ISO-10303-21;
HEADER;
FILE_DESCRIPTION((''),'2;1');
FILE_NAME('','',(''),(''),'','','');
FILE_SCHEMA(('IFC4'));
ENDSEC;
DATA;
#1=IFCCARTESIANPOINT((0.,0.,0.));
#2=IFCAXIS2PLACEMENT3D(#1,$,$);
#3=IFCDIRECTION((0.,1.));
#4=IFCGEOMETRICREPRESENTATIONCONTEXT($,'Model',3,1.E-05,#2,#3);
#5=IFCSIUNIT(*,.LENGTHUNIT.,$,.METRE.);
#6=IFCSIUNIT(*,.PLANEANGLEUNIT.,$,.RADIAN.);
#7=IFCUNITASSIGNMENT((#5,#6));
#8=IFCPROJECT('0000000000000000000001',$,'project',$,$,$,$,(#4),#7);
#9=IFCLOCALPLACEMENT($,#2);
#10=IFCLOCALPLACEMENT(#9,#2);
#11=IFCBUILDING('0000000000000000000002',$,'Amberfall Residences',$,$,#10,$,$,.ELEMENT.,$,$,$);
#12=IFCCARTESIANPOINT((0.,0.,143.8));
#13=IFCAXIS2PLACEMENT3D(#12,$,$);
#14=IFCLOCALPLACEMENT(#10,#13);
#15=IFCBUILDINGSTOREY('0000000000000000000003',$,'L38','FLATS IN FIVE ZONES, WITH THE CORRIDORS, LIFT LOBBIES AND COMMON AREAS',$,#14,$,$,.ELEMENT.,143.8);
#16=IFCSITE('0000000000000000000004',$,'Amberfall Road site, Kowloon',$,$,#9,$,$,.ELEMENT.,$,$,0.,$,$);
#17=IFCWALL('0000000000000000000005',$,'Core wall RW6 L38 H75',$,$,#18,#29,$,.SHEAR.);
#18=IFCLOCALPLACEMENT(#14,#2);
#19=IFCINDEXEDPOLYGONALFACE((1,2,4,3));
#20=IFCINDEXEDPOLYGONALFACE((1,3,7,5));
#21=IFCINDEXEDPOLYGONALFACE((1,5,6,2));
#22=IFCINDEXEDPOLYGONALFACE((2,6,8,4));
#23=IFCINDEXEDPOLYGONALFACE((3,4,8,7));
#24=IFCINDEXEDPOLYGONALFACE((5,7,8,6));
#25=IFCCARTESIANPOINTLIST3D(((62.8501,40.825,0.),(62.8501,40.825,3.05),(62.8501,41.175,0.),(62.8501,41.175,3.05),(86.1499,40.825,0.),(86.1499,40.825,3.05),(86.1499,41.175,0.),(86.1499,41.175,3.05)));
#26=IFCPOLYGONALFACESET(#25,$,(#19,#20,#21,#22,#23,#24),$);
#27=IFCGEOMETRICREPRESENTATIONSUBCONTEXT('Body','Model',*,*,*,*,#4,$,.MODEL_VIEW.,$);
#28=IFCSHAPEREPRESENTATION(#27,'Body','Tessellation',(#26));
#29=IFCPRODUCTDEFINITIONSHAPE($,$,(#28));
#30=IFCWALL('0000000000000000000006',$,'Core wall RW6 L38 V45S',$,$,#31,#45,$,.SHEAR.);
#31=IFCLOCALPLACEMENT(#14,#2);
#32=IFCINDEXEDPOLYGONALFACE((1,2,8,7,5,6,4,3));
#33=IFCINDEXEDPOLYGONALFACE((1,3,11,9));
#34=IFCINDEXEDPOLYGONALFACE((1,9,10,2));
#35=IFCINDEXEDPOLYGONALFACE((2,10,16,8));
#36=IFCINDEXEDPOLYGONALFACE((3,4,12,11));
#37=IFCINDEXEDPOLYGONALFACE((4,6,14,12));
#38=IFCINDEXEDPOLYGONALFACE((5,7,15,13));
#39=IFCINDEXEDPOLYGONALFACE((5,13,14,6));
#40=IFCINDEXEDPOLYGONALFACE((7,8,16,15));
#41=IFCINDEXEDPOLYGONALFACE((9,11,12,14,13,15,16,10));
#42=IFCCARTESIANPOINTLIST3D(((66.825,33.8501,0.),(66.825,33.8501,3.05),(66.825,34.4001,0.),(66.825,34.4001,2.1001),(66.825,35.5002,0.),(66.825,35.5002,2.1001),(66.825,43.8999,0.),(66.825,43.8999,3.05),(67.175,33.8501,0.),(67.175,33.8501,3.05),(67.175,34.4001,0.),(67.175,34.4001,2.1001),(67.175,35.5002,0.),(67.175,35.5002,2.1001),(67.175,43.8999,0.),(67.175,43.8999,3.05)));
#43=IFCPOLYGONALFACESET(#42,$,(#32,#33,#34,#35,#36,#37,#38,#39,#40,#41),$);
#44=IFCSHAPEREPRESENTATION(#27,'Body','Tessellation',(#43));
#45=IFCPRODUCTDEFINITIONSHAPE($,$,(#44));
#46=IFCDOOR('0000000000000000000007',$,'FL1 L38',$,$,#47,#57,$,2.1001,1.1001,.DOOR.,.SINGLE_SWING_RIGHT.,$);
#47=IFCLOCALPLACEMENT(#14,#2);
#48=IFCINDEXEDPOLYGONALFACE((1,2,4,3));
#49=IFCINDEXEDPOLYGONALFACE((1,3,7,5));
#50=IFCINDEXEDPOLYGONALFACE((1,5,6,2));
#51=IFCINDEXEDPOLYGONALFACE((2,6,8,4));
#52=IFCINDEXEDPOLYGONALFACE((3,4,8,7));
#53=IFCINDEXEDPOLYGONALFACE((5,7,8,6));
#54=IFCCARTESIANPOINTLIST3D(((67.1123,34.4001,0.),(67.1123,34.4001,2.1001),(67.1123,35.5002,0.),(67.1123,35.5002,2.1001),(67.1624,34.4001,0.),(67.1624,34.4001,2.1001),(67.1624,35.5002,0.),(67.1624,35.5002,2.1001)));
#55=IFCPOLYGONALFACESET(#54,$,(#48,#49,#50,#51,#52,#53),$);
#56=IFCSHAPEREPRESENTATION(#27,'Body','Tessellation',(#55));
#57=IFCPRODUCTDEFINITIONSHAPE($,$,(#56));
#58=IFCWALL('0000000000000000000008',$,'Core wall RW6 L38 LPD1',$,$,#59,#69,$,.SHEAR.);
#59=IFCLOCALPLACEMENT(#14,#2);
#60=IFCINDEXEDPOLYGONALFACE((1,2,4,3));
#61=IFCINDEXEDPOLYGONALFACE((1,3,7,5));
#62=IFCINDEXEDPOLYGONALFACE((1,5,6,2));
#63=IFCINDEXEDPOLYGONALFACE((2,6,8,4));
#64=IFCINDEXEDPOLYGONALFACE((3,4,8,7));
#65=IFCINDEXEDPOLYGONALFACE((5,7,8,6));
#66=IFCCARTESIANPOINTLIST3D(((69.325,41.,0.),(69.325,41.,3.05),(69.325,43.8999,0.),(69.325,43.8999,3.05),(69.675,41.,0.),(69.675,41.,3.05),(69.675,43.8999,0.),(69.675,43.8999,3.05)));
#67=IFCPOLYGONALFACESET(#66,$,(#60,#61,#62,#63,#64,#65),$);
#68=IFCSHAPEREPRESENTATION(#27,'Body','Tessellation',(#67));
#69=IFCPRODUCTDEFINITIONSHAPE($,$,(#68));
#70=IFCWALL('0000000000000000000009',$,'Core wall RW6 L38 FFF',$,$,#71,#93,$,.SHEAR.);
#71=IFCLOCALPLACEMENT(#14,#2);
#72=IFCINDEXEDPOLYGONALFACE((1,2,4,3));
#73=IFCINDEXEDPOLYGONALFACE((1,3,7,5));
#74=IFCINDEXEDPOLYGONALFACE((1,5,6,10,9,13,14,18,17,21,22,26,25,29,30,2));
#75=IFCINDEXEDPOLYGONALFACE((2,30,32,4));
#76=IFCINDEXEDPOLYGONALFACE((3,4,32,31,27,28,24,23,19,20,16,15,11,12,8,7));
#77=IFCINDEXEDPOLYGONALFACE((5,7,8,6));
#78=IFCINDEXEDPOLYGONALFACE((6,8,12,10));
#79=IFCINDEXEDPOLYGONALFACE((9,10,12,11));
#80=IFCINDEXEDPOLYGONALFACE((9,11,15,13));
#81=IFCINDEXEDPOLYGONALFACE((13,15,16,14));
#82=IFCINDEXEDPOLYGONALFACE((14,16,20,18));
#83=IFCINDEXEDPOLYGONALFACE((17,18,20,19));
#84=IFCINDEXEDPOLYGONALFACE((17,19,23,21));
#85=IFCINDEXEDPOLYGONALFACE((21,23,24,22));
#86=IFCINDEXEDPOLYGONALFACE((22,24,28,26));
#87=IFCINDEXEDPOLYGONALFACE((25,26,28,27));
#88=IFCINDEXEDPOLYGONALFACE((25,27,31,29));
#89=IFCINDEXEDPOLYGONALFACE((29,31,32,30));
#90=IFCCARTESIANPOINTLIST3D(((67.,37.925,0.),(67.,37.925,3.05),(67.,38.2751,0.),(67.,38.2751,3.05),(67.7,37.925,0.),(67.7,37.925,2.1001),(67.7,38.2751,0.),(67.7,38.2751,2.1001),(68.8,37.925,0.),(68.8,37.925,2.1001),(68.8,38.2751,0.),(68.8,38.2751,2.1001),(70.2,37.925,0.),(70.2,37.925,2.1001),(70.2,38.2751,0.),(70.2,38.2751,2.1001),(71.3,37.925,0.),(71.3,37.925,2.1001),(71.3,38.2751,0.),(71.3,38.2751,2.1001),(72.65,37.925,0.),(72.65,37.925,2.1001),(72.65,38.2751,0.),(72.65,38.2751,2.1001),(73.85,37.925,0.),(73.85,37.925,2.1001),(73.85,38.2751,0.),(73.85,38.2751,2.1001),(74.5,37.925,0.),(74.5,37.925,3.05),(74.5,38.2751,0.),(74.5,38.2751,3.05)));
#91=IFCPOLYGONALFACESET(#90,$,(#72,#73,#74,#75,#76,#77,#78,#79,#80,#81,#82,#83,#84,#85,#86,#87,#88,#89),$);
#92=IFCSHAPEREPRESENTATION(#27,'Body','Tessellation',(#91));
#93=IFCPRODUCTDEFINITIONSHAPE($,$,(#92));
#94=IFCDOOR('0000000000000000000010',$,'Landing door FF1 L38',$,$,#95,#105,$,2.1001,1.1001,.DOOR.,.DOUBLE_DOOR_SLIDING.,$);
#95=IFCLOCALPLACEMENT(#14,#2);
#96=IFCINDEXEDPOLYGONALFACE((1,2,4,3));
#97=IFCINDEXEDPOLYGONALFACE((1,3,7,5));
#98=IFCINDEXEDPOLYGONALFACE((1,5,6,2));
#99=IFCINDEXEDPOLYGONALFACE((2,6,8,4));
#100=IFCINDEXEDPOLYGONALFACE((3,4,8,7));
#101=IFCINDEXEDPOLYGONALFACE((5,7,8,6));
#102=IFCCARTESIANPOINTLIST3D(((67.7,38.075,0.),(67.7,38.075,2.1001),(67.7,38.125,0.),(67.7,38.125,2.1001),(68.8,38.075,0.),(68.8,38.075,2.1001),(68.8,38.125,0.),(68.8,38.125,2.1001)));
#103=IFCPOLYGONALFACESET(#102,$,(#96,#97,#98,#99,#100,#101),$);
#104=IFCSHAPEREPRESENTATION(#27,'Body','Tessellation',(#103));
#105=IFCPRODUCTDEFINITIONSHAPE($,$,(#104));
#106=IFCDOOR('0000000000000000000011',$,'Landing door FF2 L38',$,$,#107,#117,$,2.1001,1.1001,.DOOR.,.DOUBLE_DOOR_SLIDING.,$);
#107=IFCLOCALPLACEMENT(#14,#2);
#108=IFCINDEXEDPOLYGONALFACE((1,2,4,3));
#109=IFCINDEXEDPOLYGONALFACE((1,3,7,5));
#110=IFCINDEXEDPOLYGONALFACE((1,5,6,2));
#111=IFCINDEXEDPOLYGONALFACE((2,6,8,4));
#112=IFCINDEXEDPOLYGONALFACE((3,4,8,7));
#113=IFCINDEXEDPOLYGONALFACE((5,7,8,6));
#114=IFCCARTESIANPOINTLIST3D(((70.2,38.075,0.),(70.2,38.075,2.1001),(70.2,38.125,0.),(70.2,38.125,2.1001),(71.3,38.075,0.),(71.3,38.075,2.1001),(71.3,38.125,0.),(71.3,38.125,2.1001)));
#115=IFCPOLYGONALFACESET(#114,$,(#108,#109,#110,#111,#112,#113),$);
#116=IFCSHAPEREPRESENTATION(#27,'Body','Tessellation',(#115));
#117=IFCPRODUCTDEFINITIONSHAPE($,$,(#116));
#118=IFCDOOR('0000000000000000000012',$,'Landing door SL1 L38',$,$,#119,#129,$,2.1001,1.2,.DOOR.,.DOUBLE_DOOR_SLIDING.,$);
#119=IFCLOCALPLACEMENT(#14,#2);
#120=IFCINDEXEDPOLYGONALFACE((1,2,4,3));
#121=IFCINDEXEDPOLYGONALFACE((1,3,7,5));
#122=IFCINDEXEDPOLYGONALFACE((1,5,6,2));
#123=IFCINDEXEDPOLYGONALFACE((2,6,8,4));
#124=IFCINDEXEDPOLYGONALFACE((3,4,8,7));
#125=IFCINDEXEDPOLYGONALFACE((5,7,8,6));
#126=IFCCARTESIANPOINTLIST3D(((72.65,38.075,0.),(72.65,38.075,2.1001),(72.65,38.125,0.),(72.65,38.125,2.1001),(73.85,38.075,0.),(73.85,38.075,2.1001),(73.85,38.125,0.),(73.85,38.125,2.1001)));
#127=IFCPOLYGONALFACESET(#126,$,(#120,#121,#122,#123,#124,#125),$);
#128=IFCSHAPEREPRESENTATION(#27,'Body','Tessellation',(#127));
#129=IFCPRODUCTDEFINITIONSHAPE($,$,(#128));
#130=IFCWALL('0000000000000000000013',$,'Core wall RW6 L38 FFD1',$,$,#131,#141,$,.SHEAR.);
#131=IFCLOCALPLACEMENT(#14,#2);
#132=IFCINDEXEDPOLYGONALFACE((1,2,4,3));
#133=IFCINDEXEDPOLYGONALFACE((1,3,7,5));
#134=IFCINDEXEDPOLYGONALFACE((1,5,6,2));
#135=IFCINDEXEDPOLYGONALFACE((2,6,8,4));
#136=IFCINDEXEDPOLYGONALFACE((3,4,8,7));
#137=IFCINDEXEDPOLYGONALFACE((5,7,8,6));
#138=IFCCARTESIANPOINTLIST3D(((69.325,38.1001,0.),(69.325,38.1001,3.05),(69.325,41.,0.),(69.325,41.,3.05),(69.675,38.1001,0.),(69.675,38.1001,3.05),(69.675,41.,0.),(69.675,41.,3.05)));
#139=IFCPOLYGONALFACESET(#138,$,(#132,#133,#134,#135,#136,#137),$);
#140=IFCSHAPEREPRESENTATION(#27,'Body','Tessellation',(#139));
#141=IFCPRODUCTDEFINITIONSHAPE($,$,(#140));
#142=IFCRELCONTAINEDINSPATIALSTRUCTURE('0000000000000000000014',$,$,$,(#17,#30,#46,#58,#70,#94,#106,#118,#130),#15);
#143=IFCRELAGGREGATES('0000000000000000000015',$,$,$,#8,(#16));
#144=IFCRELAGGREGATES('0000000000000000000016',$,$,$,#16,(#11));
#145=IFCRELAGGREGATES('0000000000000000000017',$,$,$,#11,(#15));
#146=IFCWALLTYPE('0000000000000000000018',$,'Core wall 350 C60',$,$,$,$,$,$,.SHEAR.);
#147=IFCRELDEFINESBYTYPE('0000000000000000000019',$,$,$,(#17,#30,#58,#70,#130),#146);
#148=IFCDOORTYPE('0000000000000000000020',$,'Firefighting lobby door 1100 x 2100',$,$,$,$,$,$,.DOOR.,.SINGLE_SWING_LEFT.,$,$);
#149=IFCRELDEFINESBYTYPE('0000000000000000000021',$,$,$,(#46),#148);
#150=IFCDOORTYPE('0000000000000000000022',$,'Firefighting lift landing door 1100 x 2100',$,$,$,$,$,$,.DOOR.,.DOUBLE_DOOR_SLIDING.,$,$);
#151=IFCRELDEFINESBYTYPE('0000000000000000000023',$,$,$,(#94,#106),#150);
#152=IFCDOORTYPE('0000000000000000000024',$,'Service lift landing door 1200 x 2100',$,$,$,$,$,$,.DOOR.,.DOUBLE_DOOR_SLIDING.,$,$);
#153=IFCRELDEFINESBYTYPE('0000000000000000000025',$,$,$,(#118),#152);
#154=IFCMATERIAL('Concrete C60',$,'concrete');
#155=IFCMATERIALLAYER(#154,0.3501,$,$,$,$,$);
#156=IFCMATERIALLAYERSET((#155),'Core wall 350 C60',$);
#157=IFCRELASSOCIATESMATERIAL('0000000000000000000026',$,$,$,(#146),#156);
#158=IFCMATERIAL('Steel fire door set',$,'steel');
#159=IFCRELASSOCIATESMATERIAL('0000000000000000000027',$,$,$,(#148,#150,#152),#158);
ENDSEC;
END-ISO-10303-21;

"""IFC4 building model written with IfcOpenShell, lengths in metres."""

from ifc_helpers import new_model, si_unit, direction, frame, frame_2d, origin, place, context, subcontext, project, spatial, rectangle, extrude, material, layer, layer_set, type_object, element, fill, save


model = new_model("IFC4")

# Units and contexts
model_context = context("Model", 3, precision=1e-05, world=origin(), true_north=direction((0.0, 1.0)))
body_context = subcontext(model_context, "Body", "Model", "MODEL_VIEW")
ifc_project = project(units=[si_unit("LENGTHUNIT", "METRE"), si_unit("PLANEANGLEUNIT", "RADIAN")], contexts=[model_context])

# Site, building, storey
site_placement = place(None, origin())
site = spatial("IfcSite", under=ifc_project, at=site_placement, Name="Amberfall Road site, Kowloon", CompositionType="ELEMENT", RefElevation=0.0)
building_placement = place(site_placement, origin())
building = spatial("IfcBuilding", under=site, at=building_placement, Name="Amberfall Residences", CompositionType="ELEMENT")
storey_placement = place(building_placement, frame((0.0, 0.0, 143.8)))
storey = spatial("IfcBuildingStorey", under=building, at=storey_placement, Name="L38", Description="FLATS IN FIVE ZONES, WITH THE CORRIDORS, LIFT LOBBIES AND COMMON AREAS", CompositionType="ELEMENT", Elevation=143.8)

# Wall
ifc_material_1 = material(Name="Concrete C60", Category="concrete")
ifc_layer_1 = layer(ifc_material_1, 0.3501)
ifc_layer_set_1 = layer_set([ifc_layer_1], Name="Core wall 350 C60")
wall_type_1 = type_object("IfcWallType", Name="Core wall 350 C60", PredefinedType="SHEAR", material=ifc_layer_set_1)
wall_1_placement = place(storey_placement, frame((62.8501, 41.0, 0.0), z_axis=(0.0, 0.0, 1.0), x_axis=(1.0, 0.0, 0.0)))
element("IfcWall", 1, at=wall_1_placement, inside=storey, type_object=wall_type_1, Name="Core wall RW6 L38 H75", PredefinedType="SHEAR", context=body_context, shape_type="SweptSolid", body=[
    extrude(rectangle(XDim=23.2998, YDim=0.3501, at=frame_2d((11.6499, 0.0))), origin(), (0.0, 0.0, 1.0), 3.05),
])

# Wall, opening, door
wall_2_placement = place(storey_placement, frame((67.0, 33.8501, 0.0), z_axis=(0.0, 0.0, 1.0), x_axis=(0.0, 1.0, 0.0)))
wall_2 = element("IfcWall", 2, at=wall_2_placement, inside=storey, type_object=wall_type_1, Name="Core wall RW6 L38 V45S", PredefinedType="SHEAR", context=body_context, shape_type="SweptSolid", body=[
    extrude(rectangle(XDim=10.0498, YDim=0.3501, at=frame_2d((5.0249, 0.0))), origin(), (0.0, 0.0, 1.0), 3.05),
])
opening_1_placement = place(wall_2_placement, frame((0.55, 0.0, 0.0)))
opening_1 = element("IfcOpeningElement", 3, at=opening_1_placement, cuts=wall_2, PredefinedType="OPENING", context=body_context, shape_type="SweptSolid", body=[
    extrude(rectangle(XDim=1.1001, YDim=2.1001, at=frame_2d((0.55, 1.05))), frame((0.0, 0.1851, 0.0), z_axis=(0.0, -1.0, 0.0), x_axis=(1.0, 0.0, 0.0)), (0.0, 0.0, 1.0), 0.3701),
])
ifc_material_2 = material(Name="Steel fire door set", Category="steel")
door_type_1 = type_object("IfcDoorType", Name="Firefighting lobby door 1100 x 2100", OperationType="SINGLE_SWING_LEFT", PredefinedType="DOOR", material=ifc_material_2)
door_1_placement = place(opening_1_placement, origin())
door_1 = element("IfcDoor", 4, at=door_1_placement, inside=storey, type_object=door_type_1, Name="FL1 L38", OperationType="SINGLE_SWING_RIGHT", OverallHeight=2.1001, OverallWidth=1.1001, PredefinedType="DOOR", context=body_context, shape_type="SweptSolid", body=[
    extrude(rectangle(XDim=1.1001, YDim=2.1001, at=frame_2d((0.55, 1.05))), frame((0.0, -0.1123, 0.0), z_axis=(0.0, -1.0, 0.0), x_axis=(1.0, 0.0, 0.0)), (0.0, 0.0, 1.0), 0.05),
])
fill(opening_1, door_1)

# Wall
wall_3_placement = place(storey_placement, frame((69.5, 41.0, 0.0), z_axis=(0.0, 0.0, 1.0), x_axis=(0.0, 1.0, 0.0)))
element("IfcWall", 5, at=wall_3_placement, inside=storey, type_object=wall_type_1, Name="Core wall RW6 L38 LPD1", PredefinedType="SHEAR", context=body_context, shape_type="SweptSolid", body=[
    extrude(rectangle(XDim=2.8999, YDim=0.3501, at=frame_2d((1.45, 0.0))), origin(), (0.0, 0.0, 1.0), 3.05),
])

# Wall, openings, doors
wall_4_placement = place(storey_placement, frame((67.0, 38.1001, 0.0), z_axis=(0.0, 0.0, 1.0), x_axis=(1.0, 0.0, 0.0)))
wall_4 = element("IfcWall", 6, at=wall_4_placement, inside=storey, type_object=wall_type_1, Name="Core wall RW6 L38 FFF", PredefinedType="SHEAR", context=body_context, shape_type="SweptSolid", body=[
    extrude(rectangle(XDim=7.5, YDim=0.3501, at=frame_2d((3.75, 0.0))), origin(), (0.0, 0.0, 1.0), 3.05),
])
opening_2_placement = place(wall_4_placement, frame((0.7, 0.0, 0.0)))
opening_2 = element("IfcOpeningElement", 7, at=opening_2_placement, cuts=wall_4, PredefinedType="OPENING", context=body_context, shape_type="SweptSolid", body=[
    extrude(rectangle(XDim=1.1001, YDim=2.1001, at=frame_2d((0.55, 1.05))), frame((0.0, 0.1851, 0.0), z_axis=(0.0, -1.0, 0.0), x_axis=(1.0, 0.0, 0.0)), (0.0, 0.0, 1.0), 0.3701),
])
opening_3_placement = place(wall_4_placement, frame((3.2, 0.0, 0.0)))
opening_3 = element("IfcOpeningElement", 8, at=opening_3_placement, cuts=wall_4, PredefinedType="OPENING", context=body_context, shape_type="SweptSolid", body=[
    extrude(rectangle(XDim=1.1001, YDim=2.1001, at=frame_2d((0.55, 1.05))), frame((0.0, 0.1851, 0.0), z_axis=(0.0, -1.0, 0.0), x_axis=(1.0, 0.0, 0.0)), (0.0, 0.0, 1.0), 0.3701),
])
opening_4_placement = place(wall_4_placement, frame((5.6499, 0.0, 0.0)))
opening_4 = element("IfcOpeningElement", 9, at=opening_4_placement, cuts=wall_4, PredefinedType="OPENING", context=body_context, shape_type="SweptSolid", body=[
    extrude(rectangle(XDim=1.2, YDim=2.1001, at=frame_2d((0.6001, 1.05))), frame((0.0, 0.1851, 0.0), z_axis=(0.0, -1.0, 0.0), x_axis=(1.0, 0.0, 0.0)), (0.0, 0.0, 1.0), 0.3701),
])
door_type_2 = type_object("IfcDoorType", Name="Firefighting lift landing door 1100 x 2100", OperationType="DOUBLE_DOOR_SLIDING", PredefinedType="DOOR", material=ifc_material_2)
door_2_placement = place(opening_2_placement, origin())
door_2 = element("IfcDoor", 10, at=door_2_placement, inside=storey, type_object=door_type_2, Name="Landing door FF1 L38", OperationType="DOUBLE_DOOR_SLIDING", OverallHeight=2.1001, OverallWidth=1.1001, PredefinedType="DOOR", context=body_context, shape_type="SweptSolid", body=[
    extrude(rectangle(XDim=1.1001, YDim=2.1001, at=frame_2d((0.55, 1.05))), frame((0.0, 0.0249, 0.0), z_axis=(0.0, -1.0, 0.0), x_axis=(1.0, 0.0, 0.0)), (0.0, 0.0, 1.0), 0.05),
])
fill(opening_2, door_2)
door_3_placement = place(opening_3_placement, origin())
door_3 = element("IfcDoor", 11, at=door_3_placement, inside=storey, type_object=door_type_2, Name="Landing door FF2 L38", OperationType="DOUBLE_DOOR_SLIDING", OverallHeight=2.1001, OverallWidth=1.1001, PredefinedType="DOOR", context=body_context, shape_type="SweptSolid", body=[
    extrude(rectangle(XDim=1.1001, YDim=2.1001, at=frame_2d((0.55, 1.05))), frame((0.0, 0.0249, 0.0), z_axis=(0.0, -1.0, 0.0), x_axis=(1.0, 0.0, 0.0)), (0.0, 0.0, 1.0), 0.05),
])
fill(opening_3, door_3)
door_type_3 = type_object("IfcDoorType", Name="Service lift landing door 1200 x 2100", OperationType="DOUBLE_DOOR_SLIDING", PredefinedType="DOOR", material=ifc_material_2)
door_4_placement = place(opening_4_placement, origin())
door_4 = element("IfcDoor", 12, at=door_4_placement, inside=storey, type_object=door_type_3, Name="Landing door SL1 L38", OperationType="DOUBLE_DOOR_SLIDING", OverallHeight=2.1001, OverallWidth=1.2, PredefinedType="DOOR", context=body_context, shape_type="SweptSolid", body=[
    extrude(rectangle(XDim=1.2, YDim=2.1001, at=frame_2d((0.6001, 1.05))), frame((0.0, 0.0249, 0.0), z_axis=(0.0, -1.0, 0.0), x_axis=(1.0, 0.0, 0.0)), (0.0, 0.0, 1.0), 0.05),
])
fill(opening_4, door_4)

# Wall
wall_5_placement = place(storey_placement, frame((69.5, 38.1001, 0.0), z_axis=(0.0, 0.0, 1.0), x_axis=(0.0, 1.0, 0.0)))
element("IfcWall", 13, at=wall_5_placement, inside=storey, type_object=wall_type_1, Name="Core wall RW6 L38 FFD1", PredefinedType="SHEAR", context=body_context, shape_type="SweptSolid", body=[
    extrude(rectangle(XDim=2.8999, YDim=0.3501, at=frame_2d((1.45, 0.0))), origin(), (0.0, 0.0, 1.0), 3.05),
])

save(model, "model.ifc")
